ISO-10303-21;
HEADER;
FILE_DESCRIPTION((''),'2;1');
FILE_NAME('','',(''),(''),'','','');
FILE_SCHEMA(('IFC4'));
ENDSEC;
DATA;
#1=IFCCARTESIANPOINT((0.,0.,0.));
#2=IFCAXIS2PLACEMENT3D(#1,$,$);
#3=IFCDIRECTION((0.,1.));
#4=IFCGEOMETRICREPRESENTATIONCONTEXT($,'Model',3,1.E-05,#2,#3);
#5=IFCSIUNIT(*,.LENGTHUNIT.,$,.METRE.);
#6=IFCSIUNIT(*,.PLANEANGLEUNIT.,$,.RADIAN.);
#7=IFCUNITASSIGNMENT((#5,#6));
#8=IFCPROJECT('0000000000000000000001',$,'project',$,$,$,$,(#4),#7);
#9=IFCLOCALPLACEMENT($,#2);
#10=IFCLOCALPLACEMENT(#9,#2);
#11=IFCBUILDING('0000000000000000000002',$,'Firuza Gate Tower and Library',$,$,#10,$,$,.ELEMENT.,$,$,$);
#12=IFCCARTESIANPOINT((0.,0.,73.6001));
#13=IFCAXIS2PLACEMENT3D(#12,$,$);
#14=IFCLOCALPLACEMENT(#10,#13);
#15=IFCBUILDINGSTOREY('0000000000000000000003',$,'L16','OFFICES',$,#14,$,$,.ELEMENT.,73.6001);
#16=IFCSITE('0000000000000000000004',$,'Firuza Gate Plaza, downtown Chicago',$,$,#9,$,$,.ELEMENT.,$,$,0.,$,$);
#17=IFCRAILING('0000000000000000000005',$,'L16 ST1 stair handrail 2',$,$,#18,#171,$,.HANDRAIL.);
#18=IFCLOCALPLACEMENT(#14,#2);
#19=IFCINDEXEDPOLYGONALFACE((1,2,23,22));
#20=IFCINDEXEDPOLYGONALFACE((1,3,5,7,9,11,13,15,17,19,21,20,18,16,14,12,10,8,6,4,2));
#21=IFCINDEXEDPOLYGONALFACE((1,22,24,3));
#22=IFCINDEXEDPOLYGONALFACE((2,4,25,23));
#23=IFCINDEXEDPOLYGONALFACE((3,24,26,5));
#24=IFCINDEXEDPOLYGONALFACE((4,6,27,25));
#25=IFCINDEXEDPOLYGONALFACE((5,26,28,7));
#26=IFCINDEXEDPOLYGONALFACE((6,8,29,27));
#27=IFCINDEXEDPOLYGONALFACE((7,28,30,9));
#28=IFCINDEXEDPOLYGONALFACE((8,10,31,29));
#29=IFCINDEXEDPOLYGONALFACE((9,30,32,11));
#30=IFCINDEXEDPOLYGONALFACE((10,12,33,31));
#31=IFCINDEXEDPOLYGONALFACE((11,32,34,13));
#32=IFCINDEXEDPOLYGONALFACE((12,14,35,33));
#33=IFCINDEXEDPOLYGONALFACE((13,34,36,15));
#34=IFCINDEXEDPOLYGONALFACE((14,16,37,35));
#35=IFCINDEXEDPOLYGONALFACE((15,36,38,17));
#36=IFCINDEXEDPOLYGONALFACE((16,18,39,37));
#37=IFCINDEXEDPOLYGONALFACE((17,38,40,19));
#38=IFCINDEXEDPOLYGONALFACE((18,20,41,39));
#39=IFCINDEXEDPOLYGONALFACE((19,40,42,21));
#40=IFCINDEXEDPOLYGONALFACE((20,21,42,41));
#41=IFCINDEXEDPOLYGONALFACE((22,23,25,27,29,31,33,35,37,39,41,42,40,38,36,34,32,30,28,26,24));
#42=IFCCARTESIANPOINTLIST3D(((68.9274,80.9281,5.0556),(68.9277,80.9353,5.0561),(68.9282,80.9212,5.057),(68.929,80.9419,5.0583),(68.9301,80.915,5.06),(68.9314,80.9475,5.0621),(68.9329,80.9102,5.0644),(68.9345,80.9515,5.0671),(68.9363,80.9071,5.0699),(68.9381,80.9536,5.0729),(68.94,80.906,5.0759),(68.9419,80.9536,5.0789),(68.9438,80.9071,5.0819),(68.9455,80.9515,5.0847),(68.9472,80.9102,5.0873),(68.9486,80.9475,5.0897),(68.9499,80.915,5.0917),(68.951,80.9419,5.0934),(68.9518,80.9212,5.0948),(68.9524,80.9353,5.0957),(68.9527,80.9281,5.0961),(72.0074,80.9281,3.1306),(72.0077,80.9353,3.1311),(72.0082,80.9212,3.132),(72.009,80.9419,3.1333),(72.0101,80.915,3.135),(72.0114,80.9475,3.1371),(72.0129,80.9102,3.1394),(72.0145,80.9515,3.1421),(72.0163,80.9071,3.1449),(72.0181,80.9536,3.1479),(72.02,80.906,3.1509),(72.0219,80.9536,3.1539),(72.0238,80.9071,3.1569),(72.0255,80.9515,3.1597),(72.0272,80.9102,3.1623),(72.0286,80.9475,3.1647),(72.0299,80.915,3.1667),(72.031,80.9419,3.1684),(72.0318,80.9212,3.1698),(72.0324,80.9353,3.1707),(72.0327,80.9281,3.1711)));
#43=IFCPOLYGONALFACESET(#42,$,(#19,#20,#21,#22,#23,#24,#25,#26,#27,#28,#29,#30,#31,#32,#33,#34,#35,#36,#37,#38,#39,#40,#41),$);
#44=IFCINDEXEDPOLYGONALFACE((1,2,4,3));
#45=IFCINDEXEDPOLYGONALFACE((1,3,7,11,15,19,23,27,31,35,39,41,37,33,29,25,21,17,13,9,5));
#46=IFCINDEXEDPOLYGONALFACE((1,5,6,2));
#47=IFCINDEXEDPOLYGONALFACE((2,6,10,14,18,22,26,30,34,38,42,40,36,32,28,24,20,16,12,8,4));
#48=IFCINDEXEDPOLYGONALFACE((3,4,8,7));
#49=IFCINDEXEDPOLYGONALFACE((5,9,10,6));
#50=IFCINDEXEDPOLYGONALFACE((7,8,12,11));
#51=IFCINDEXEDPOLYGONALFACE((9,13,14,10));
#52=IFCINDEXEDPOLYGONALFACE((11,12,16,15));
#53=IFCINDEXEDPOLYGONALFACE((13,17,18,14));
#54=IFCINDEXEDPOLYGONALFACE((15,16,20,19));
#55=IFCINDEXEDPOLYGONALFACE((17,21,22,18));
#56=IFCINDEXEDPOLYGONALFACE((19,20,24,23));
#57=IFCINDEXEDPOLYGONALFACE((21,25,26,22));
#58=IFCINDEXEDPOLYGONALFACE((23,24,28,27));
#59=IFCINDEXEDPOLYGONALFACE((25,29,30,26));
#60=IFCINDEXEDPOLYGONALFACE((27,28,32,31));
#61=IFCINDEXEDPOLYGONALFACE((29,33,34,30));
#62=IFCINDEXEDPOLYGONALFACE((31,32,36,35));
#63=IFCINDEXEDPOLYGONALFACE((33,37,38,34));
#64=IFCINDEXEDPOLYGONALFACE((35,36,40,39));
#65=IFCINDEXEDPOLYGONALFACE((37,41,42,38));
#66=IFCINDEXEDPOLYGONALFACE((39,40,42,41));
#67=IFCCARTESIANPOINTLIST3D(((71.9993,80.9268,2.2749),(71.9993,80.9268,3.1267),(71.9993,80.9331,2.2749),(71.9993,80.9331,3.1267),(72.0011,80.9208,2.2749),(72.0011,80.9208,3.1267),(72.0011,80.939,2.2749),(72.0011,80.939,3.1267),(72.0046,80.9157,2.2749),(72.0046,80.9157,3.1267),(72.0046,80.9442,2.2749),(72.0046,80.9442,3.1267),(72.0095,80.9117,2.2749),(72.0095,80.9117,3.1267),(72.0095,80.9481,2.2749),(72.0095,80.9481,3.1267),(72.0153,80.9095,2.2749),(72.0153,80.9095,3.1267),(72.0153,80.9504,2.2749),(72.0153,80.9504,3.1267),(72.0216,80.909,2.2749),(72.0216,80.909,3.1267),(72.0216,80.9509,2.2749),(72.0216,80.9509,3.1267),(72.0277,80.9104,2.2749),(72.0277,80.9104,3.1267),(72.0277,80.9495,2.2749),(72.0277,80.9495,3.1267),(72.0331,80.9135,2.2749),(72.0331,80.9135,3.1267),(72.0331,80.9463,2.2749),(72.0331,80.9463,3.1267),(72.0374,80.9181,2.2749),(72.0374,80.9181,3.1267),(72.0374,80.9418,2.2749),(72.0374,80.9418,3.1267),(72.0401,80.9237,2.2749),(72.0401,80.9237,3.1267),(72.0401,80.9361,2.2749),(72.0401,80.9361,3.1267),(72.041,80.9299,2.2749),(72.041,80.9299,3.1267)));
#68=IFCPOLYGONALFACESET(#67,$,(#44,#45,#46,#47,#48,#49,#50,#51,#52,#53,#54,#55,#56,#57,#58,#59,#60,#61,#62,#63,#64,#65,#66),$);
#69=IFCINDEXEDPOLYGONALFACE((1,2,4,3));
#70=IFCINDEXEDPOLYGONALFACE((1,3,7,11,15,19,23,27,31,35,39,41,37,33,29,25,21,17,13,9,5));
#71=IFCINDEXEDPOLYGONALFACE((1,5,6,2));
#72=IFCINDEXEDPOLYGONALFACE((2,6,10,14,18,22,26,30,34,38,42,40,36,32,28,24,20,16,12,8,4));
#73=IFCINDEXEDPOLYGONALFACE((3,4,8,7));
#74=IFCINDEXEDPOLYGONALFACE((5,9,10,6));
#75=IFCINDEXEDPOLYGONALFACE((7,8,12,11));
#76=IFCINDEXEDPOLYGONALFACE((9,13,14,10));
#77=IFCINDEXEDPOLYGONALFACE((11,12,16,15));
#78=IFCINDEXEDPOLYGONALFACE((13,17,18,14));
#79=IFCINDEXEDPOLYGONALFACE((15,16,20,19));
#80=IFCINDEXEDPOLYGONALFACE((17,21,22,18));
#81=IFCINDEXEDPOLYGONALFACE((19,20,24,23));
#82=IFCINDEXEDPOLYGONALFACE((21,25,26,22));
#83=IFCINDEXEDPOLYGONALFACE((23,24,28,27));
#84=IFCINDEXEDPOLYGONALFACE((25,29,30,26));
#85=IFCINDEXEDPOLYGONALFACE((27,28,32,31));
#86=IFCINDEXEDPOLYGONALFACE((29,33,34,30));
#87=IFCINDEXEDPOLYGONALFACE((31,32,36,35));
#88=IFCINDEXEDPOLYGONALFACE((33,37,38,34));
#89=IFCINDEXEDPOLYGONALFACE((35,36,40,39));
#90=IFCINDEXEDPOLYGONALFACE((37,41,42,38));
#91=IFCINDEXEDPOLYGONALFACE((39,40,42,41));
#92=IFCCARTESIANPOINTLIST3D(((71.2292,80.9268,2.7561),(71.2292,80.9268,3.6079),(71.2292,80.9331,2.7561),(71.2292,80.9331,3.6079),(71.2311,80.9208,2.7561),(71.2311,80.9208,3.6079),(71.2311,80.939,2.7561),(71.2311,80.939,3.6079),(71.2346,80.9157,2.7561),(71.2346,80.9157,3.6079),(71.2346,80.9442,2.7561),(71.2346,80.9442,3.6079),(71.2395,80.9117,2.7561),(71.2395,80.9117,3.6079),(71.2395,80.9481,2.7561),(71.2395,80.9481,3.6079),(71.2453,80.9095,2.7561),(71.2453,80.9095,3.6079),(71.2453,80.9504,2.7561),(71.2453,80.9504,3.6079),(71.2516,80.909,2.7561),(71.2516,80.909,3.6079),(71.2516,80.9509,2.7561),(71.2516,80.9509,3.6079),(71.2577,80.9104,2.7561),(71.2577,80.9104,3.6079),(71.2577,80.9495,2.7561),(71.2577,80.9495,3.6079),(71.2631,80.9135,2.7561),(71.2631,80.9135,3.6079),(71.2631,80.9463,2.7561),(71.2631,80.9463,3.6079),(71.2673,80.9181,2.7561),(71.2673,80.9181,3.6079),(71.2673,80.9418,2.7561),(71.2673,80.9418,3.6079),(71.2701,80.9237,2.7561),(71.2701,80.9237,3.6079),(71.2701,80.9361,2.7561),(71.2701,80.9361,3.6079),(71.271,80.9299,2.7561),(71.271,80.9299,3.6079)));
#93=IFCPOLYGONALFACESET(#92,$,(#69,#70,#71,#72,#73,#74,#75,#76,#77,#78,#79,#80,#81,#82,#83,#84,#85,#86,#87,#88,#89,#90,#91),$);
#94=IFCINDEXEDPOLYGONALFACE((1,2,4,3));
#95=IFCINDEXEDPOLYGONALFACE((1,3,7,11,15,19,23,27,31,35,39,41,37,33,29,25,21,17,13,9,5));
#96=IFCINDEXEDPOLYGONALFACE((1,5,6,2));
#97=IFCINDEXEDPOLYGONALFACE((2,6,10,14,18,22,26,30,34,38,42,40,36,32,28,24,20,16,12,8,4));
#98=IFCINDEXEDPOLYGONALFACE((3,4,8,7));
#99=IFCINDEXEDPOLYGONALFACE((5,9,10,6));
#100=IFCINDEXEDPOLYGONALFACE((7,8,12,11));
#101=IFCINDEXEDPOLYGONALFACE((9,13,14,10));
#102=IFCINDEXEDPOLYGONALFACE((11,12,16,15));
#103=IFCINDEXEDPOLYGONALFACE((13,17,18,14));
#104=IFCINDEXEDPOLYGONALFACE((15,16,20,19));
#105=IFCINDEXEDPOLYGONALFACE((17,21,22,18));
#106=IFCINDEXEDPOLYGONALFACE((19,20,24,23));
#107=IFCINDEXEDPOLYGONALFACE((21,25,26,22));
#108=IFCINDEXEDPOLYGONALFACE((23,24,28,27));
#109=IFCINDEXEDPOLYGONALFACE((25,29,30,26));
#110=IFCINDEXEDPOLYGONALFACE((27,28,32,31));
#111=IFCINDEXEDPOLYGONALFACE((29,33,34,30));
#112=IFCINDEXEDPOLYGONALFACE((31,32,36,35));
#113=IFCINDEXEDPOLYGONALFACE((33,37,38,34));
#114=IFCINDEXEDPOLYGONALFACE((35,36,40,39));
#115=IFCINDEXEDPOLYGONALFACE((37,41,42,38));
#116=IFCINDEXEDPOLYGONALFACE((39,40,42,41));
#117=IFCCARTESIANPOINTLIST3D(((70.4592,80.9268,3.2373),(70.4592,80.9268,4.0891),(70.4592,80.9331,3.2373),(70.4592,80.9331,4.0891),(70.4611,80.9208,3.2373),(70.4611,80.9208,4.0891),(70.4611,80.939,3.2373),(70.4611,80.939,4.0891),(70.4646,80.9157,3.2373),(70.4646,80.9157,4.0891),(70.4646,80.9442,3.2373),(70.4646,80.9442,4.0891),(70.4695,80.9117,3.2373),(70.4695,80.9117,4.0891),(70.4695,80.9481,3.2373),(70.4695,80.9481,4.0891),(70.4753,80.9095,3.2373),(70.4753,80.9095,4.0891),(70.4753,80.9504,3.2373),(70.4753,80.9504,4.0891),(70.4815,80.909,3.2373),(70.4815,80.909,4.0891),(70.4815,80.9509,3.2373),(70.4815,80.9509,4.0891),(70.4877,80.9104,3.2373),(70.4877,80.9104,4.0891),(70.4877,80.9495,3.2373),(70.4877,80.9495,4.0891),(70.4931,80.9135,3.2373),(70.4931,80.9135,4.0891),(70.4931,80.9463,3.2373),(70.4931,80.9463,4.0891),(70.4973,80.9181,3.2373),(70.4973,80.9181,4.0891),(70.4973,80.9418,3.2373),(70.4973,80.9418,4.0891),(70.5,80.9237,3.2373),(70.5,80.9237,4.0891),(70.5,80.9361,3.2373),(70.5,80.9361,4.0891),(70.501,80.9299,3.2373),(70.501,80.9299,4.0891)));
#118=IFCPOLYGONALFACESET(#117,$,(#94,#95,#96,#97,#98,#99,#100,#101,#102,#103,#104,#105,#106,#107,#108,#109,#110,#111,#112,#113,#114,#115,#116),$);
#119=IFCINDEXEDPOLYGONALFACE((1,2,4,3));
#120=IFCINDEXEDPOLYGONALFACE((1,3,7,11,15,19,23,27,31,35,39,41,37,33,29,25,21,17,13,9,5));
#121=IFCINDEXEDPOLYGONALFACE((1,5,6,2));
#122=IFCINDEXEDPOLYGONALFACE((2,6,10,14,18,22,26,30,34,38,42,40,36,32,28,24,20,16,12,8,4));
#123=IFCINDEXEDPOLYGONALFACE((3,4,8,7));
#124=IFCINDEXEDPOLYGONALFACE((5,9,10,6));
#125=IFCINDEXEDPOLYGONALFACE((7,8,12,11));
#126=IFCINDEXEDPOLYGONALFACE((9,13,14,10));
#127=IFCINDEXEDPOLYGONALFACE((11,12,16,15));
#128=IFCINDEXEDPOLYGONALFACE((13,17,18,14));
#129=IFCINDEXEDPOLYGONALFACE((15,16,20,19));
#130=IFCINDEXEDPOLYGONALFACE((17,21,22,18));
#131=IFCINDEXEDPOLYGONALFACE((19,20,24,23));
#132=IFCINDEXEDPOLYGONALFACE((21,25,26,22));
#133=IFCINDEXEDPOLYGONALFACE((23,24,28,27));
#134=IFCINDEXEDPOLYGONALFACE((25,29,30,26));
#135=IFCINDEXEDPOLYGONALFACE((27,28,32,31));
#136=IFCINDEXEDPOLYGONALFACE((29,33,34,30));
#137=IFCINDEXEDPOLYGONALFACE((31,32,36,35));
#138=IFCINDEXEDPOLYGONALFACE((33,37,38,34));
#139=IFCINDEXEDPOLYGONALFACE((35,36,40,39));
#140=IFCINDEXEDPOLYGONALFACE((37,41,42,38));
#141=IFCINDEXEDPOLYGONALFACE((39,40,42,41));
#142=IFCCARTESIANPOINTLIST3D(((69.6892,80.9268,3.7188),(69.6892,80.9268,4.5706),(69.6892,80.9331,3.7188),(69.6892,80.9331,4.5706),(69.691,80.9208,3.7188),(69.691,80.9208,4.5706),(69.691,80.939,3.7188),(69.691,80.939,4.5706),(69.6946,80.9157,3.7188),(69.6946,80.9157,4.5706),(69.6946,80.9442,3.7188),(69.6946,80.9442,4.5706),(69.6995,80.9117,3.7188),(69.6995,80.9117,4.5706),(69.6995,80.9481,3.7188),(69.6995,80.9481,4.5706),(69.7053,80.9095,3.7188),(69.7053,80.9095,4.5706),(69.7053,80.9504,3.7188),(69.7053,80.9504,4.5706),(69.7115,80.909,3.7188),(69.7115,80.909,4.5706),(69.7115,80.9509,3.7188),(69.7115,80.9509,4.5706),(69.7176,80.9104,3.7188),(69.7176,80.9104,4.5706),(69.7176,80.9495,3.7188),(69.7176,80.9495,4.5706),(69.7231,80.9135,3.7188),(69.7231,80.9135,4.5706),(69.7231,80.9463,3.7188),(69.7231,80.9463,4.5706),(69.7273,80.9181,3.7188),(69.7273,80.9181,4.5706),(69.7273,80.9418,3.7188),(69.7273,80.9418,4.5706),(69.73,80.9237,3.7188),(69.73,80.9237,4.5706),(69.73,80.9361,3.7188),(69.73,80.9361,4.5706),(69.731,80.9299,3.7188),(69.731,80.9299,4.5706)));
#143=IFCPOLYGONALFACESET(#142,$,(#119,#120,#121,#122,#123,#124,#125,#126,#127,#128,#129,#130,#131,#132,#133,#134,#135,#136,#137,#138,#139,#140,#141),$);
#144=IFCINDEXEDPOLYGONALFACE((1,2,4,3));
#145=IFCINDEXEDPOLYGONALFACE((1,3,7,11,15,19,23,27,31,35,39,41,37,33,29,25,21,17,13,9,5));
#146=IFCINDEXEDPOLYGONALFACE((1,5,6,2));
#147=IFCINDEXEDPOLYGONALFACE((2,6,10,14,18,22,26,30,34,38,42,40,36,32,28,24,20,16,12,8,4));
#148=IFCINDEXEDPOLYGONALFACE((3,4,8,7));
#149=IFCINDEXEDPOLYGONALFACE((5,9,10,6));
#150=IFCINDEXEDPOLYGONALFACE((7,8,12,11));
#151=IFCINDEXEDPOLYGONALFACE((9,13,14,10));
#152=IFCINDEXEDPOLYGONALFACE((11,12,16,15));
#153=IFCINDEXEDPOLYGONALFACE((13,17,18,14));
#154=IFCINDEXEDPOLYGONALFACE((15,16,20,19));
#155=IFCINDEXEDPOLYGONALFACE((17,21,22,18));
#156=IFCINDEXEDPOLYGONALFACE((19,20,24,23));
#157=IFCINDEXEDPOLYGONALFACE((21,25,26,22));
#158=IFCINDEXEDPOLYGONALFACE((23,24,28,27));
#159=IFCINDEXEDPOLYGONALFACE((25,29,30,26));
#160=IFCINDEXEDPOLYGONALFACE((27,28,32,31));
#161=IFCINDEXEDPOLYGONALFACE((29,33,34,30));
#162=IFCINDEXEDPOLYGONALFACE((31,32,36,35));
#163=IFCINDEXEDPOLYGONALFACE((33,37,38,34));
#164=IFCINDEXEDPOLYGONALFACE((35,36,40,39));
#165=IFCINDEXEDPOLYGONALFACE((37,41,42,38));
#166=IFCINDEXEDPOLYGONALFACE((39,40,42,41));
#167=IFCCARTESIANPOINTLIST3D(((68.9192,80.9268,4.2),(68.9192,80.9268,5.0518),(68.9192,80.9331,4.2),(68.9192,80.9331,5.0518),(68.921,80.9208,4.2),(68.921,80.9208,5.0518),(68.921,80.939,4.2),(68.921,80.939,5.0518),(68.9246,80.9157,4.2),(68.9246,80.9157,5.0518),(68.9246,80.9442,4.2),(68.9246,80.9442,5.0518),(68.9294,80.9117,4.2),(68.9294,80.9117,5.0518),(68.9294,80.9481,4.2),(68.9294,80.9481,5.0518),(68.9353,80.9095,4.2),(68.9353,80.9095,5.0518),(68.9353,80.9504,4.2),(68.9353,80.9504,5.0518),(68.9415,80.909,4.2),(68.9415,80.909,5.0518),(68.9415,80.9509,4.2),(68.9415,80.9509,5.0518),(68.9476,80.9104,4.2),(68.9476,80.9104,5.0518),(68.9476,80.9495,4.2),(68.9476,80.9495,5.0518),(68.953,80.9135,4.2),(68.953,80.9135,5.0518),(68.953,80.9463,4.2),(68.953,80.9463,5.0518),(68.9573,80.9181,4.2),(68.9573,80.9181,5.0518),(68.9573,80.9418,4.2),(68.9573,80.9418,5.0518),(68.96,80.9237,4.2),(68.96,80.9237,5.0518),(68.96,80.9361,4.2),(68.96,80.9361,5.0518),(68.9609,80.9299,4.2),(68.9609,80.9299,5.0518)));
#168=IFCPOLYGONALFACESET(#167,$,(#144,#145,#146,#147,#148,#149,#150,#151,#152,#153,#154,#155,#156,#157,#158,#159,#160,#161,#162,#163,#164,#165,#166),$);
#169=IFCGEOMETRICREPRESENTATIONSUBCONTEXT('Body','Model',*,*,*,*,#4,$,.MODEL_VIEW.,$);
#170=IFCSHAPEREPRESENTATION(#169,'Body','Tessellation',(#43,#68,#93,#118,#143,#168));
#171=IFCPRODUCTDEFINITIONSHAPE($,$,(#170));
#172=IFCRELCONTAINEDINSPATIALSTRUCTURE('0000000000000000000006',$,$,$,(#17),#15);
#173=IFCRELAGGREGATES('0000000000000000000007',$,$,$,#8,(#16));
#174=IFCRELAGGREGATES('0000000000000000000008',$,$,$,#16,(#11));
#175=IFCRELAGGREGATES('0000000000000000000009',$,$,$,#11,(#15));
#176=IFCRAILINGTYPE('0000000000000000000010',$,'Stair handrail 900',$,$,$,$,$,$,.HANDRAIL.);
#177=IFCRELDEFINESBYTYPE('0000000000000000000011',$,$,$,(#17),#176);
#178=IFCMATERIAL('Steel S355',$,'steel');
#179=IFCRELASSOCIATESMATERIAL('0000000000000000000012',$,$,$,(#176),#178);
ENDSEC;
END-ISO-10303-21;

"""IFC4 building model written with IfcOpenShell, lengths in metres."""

from ifc_helpers import new_model, si_unit, direction, frame, origin, origin_2d, place, context, subcontext, project, spatial, circle, extrude, material, type_object, element, save


model = new_model("IFC4")

# Units and contexts
model_context = context("Model", 3, precision=1e-05, world=origin(), true_north=direction((0.0, 1.0)))
body_context = subcontext(model_context, "Body", "Model", "MODEL_VIEW")
ifc_project = project(units=[si_unit("LENGTHUNIT", "METRE"), si_unit("PLANEANGLEUNIT", "RADIAN")], contexts=[model_context])

# Site, building, storey
site_placement = place(None, origin())
site = spatial("IfcSite", under=ifc_project, at=site_placement, Name="Firuza Gate Plaza, downtown Chicago", CompositionType="ELEMENT", RefElevation=0.0)
building_placement = place(site_placement, origin())
building = spatial("IfcBuilding", under=site, at=building_placement, Name="Firuza Gate Tower and Library", CompositionType="ELEMENT")
storey_placement = place(building_placement, frame((0.0, 0.0, 73.6001)))
storey = spatial("IfcBuildingStorey", under=building, at=storey_placement, Name="L16", Description="OFFICES", CompositionType="ELEMENT", Elevation=73.6001)

# Railing
ifc_material_1 = material(Name="Steel S355", Category="steel")
railing_type_1 = type_object("IfcRailingType", Name="Stair handrail 900", PredefinedType="HANDRAIL", material=ifc_material_1)
railing_1_placement = place(storey_placement, frame((72.02, 80.9299, 2.2749)))
element("IfcRailing", 1, at=railing_1_placement, inside=storey, type_object=railing_type_1, Name="L16 ST1 stair handrail 2", PredefinedType="HANDRAIL", context=body_context, shape_type="SweptSolid", body=[
    extrude(circle(Radius=0.0239, at=origin_2d()), frame((0.0, 0.0, 0.876), z_axis=(-0.847998, 0.0, 0.529999), x_axis=(0.0, -1.0, 0.0)), (0.0, 0.0, 1.0), 3.6321),
    extrude(circle(Radius=0.021, at=origin_2d()), origin(), (0.0, 0.0, 1.0), 0.8518),
    extrude(circle(Radius=0.021, at=origin_2d()), frame((-0.77, 0.0, 0.4812)), (0.0, 0.0, 1.0), 0.8518),
    extrude(circle(Radius=0.021, at=origin_2d()), frame((-1.54, 0.0, 0.9624)), (0.0, 0.0, 1.0), 0.8518),
    extrude(circle(Radius=0.021, at=origin_2d()), frame((-2.3101, 0.0, 1.4438)), (0.0, 0.0, 1.0), 0.8518),
    extrude(circle(Radius=0.021, at=origin_2d()), frame((-3.0801, 0.0, 1.925)), (0.0, 0.0, 1.0), 0.8518),
])

save(model, "model.ifc")
